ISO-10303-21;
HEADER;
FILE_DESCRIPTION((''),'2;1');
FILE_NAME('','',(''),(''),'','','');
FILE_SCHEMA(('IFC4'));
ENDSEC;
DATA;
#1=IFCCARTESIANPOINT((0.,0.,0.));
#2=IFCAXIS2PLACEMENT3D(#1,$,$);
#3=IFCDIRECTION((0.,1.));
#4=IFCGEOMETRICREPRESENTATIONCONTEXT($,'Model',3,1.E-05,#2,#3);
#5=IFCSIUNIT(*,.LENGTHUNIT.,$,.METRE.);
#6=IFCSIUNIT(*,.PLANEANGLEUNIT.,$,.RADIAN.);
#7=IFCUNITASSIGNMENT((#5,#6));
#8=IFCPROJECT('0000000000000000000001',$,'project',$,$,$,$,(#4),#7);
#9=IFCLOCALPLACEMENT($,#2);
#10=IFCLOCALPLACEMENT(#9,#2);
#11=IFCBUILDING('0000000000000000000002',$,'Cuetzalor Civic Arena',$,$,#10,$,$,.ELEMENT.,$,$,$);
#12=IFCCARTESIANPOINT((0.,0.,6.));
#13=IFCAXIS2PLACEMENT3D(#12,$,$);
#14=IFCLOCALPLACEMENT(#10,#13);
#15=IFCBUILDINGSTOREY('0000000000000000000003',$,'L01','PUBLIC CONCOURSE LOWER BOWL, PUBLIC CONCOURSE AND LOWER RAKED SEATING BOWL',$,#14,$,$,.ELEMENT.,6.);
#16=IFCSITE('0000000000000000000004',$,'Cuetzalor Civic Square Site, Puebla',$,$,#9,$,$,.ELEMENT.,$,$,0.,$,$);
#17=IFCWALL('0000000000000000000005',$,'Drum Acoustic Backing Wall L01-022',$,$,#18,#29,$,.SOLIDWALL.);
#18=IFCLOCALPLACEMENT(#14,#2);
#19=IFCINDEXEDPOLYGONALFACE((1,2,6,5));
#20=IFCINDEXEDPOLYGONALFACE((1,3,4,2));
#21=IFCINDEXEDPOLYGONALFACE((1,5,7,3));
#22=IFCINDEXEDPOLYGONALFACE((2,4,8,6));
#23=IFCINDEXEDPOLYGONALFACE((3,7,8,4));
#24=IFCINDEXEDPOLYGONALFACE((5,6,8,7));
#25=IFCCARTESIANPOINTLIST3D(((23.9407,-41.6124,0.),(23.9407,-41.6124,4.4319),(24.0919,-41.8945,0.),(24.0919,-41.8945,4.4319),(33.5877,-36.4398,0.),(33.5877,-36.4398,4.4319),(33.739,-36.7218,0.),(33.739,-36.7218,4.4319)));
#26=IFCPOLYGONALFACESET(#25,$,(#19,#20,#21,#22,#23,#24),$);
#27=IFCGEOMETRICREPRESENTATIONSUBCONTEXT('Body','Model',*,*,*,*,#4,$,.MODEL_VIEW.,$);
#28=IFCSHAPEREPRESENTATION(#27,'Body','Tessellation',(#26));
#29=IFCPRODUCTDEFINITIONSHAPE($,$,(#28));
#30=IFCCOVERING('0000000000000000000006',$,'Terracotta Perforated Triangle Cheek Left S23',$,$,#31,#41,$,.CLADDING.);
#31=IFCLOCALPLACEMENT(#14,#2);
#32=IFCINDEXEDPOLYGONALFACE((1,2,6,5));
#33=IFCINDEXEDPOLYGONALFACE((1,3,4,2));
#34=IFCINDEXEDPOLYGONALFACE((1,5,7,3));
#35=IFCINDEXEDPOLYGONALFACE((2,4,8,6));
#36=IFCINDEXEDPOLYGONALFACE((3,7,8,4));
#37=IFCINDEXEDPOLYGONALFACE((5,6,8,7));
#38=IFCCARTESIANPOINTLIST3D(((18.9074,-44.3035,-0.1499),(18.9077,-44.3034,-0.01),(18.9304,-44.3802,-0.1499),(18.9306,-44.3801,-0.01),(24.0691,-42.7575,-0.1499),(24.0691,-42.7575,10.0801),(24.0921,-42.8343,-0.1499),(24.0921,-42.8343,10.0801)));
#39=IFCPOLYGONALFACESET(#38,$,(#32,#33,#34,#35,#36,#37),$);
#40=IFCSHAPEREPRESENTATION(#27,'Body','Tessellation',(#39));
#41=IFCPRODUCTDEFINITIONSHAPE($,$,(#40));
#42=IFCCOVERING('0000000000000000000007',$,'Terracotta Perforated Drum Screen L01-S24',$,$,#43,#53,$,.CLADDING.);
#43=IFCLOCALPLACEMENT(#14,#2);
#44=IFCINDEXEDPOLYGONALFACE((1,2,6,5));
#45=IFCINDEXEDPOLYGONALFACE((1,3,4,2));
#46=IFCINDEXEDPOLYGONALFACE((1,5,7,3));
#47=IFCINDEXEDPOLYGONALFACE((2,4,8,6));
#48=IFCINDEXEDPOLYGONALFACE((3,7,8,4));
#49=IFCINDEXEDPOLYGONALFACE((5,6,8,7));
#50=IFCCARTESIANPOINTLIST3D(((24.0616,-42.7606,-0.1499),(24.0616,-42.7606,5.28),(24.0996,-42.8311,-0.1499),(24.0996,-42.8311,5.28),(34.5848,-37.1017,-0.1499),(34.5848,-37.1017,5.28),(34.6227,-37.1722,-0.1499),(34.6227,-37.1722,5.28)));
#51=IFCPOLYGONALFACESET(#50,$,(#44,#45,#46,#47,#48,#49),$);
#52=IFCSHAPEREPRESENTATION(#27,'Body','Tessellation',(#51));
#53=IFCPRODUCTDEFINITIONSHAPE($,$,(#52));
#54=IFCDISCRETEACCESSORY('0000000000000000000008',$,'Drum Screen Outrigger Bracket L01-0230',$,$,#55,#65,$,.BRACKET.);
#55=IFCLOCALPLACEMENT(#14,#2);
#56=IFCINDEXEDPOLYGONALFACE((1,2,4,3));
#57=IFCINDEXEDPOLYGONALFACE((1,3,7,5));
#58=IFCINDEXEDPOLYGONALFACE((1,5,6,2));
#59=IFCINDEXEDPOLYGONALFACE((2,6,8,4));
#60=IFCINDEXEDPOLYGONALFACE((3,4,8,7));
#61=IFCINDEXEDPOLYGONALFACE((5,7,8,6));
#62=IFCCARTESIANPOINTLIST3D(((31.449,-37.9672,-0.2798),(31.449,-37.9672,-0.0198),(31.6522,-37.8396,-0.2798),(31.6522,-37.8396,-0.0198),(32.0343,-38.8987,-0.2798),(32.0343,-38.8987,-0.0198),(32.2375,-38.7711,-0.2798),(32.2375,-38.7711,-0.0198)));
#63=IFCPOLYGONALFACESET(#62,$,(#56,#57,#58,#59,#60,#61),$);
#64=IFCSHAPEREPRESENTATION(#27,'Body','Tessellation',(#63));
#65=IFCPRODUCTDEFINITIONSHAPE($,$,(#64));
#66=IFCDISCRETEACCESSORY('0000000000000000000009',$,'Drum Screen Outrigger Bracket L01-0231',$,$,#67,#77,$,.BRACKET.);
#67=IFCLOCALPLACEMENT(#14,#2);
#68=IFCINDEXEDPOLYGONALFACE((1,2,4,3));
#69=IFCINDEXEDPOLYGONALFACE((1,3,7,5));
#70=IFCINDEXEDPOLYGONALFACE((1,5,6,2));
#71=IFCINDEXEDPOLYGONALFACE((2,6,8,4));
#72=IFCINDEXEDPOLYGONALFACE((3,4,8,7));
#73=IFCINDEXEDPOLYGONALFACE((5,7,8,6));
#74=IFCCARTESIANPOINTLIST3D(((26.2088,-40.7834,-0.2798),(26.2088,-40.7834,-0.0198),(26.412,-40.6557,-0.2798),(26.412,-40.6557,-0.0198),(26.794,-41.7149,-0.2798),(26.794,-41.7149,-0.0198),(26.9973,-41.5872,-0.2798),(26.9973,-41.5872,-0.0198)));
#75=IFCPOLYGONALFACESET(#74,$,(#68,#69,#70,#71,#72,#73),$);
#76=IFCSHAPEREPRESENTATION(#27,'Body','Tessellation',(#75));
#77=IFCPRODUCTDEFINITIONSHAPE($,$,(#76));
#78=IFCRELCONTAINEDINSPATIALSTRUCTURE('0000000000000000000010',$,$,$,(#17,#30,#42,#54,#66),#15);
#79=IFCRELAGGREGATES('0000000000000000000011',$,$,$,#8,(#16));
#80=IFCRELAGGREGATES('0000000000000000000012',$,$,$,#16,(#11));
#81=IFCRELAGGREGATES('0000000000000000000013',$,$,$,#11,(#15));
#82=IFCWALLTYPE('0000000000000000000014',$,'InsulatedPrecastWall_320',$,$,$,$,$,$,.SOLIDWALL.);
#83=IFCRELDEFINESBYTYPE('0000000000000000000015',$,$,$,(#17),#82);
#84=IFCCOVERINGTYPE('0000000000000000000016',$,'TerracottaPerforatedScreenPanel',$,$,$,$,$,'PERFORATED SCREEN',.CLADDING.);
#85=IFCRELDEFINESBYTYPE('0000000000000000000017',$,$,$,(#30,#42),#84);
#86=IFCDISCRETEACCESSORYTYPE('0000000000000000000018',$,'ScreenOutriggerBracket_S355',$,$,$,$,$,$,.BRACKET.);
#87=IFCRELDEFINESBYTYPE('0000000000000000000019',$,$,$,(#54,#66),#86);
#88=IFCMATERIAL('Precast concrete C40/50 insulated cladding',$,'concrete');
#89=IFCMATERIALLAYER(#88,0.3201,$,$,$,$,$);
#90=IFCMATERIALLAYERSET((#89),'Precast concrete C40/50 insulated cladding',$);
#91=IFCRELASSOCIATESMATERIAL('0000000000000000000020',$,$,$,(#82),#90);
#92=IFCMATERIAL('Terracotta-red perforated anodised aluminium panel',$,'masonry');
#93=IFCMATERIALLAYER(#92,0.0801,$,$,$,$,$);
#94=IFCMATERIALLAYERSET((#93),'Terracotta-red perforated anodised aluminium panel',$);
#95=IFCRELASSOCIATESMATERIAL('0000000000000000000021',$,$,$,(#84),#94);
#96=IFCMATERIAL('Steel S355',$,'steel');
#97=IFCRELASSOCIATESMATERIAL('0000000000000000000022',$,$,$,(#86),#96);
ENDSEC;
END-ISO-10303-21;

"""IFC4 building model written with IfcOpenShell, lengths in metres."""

from ifc_helpers import new_model, si_unit, direction, frame, frame_2d, origin, origin_2d, place, context, subcontext, project, spatial, polyline, rectangle, outline, extrude, material, layer, layer_set, type_object, element, save


model = new_model("IFC4")

# Units and contexts
model_context = context("Model", 3, precision=1e-05, world=origin(), true_north=direction((0.0, 1.0)))
body_context = subcontext(model_context, "Body", "Model", "MODEL_VIEW")
ifc_project = project(units=[si_unit("LENGTHUNIT", "METRE"), si_unit("PLANEANGLEUNIT", "RADIAN")], contexts=[model_context])

# Site, building, storey
site_placement = place(None, origin())
site = spatial("IfcSite", under=ifc_project, at=site_placement, Name="Cuetzalor Civic Square Site, Puebla", CompositionType="ELEMENT", RefElevation=0.0)
building_placement = place(site_placement, origin())
building = spatial("IfcBuilding", under=site, at=building_placement, Name="Cuetzalor Civic Arena", CompositionType="ELEMENT")
storey_placement = place(building_placement, frame((0.0, 0.0, 6.0)))
storey = spatial("IfcBuildingStorey", under=building, at=storey_placement, Name="L01", Description="PUBLIC CONCOURSE LOWER BOWL, PUBLIC CONCOURSE AND LOWER RAKED SEATING BOWL", CompositionType="ELEMENT", Elevation=6.0)

# Wall
ifc_material_1 = material(Name="Precast concrete C40/50 insulated cladding", Category="concrete")
ifc_layer_1 = layer(ifc_material_1, 0.3201)
ifc_layer_set_1 = layer_set([ifc_layer_1], Name="Precast concrete C40/50 insulated cladding")
wall_type = type_object("IfcWallType", Name="InsulatedPrecastWall_320", PredefinedType="SOLIDWALL", material=ifc_layer_set_1)
wall_placement = place(storey_placement, frame((33.6633, -36.5808, 0.0), z_axis=(0.0, 0.0, 1.0), x_axis=(-0.881306, -0.472547, 0.0)))
element("IfcWall", 1, at=wall_placement, inside=storey, type_object=wall_type, Name="Drum Acoustic Backing Wall L01-022", PredefinedType="SOLIDWALL", context=body_context, shape_type="SweptSolid", body=[
    extrude(rectangle(XDim=10.9463, YDim=0.3201, at=frame_2d((5.4731, 0.0))), origin(), (0.0, 0.0, 1.0), 4.4319),
])

# Coverings
ifc_material_2 = material(Name="Terracotta-red perforated anodised aluminium panel", Category="masonry")
ifc_layer_2 = layer(ifc_material_2, 0.0801)
ifc_layer_set_2 = layer_set([ifc_layer_2], Name="Terracotta-red perforated anodised aluminium panel")
covering_type = type_object("IfcCoveringType", Name="TerracottaPerforatedScreenPanel", ElementType="PERFORATED SCREEN", PredefinedType="CLADDING", material=ifc_layer_set_2)
covering_1_placement = place(storey_placement, frame((24.0806, -42.7959, -0.1499), z_axis=(0.0, 0.0, 1.0), x_axis=(-0.957958, -0.286907, 0.0)))
element("IfcCovering", 2, at=covering_1_placement, inside=storey, type_object=covering_type, Name="Terracotta Perforated Triangle Cheek Left S23", PredefinedType="CLADDING", context=body_context, shape_type="SweptSolid", body=[
    extrude(outline(polyline([(0.0, 0.0), (5.3882, 0.0), (5.3879, 0.1399), (0.0, 10.23), (0.0, 0.0)])), frame((0.0, 0.04, 0.0), z_axis=(0.0, -1.0, 0.0), x_axis=(1.0, 0.0, 0.0)), (0.0, 0.0, 1.0), 0.0801),
])
covering_2_placement = place(storey_placement, frame((34.6038, -37.137, -0.1499), z_axis=(0.0, 0.0, 1.0), x_axis=(-0.880729, -0.47362, 0.0)))
element("IfcCovering", 3, at=covering_2_placement, inside=storey, type_object=covering_type, Name="Terracotta Perforated Drum Screen L01-S24", PredefinedType="CLADDING", context=body_context, shape_type="SweptSolid", body=[
    extrude(rectangle(XDim=11.9482, YDim=0.0801, at=frame_2d((5.9741, 0.0))), origin(), (0.0, 0.0, 1.0), 5.4299),
])

# Discrete accessories
ifc_material_3 = material(Name="Steel S355", Category="steel")
discrete_accessory_type = type_object("IfcDiscreteAccessoryType", Name="ScreenOutriggerBracket_S355", PredefinedType="BRACKET", material=ifc_material_3)
for number, where, z_axis, x_axis, name in (
    (4, (31.8433, -38.3691, -0.2798), (0.0, 0.0, 1.0), (0.53199, -0.846751, 0.0), "Drum Screen Outrigger Bracket L01-0230"),
    (5, (26.603, -41.1853, -0.2798), (0.0, 0.0, 1.0), (0.53199, -0.846751, 0.0), "Drum Screen Outrigger Bracket L01-0231"),
):
    element("IfcDiscreteAccessory", number, at=place(storey_placement, frame(where, z_axis=z_axis, x_axis=x_axis)), inside=storey, type_object=discrete_accessory_type, Name=name, PredefinedType="BRACKET", context=body_context, shape_type="SweptSolid", body=[
        extrude(rectangle(XDim=1.1001, YDim=0.24, at=origin_2d()), origin(), (0.0, 0.0, 1.0), 0.26),
    ])

save(model, "model.ifc")
